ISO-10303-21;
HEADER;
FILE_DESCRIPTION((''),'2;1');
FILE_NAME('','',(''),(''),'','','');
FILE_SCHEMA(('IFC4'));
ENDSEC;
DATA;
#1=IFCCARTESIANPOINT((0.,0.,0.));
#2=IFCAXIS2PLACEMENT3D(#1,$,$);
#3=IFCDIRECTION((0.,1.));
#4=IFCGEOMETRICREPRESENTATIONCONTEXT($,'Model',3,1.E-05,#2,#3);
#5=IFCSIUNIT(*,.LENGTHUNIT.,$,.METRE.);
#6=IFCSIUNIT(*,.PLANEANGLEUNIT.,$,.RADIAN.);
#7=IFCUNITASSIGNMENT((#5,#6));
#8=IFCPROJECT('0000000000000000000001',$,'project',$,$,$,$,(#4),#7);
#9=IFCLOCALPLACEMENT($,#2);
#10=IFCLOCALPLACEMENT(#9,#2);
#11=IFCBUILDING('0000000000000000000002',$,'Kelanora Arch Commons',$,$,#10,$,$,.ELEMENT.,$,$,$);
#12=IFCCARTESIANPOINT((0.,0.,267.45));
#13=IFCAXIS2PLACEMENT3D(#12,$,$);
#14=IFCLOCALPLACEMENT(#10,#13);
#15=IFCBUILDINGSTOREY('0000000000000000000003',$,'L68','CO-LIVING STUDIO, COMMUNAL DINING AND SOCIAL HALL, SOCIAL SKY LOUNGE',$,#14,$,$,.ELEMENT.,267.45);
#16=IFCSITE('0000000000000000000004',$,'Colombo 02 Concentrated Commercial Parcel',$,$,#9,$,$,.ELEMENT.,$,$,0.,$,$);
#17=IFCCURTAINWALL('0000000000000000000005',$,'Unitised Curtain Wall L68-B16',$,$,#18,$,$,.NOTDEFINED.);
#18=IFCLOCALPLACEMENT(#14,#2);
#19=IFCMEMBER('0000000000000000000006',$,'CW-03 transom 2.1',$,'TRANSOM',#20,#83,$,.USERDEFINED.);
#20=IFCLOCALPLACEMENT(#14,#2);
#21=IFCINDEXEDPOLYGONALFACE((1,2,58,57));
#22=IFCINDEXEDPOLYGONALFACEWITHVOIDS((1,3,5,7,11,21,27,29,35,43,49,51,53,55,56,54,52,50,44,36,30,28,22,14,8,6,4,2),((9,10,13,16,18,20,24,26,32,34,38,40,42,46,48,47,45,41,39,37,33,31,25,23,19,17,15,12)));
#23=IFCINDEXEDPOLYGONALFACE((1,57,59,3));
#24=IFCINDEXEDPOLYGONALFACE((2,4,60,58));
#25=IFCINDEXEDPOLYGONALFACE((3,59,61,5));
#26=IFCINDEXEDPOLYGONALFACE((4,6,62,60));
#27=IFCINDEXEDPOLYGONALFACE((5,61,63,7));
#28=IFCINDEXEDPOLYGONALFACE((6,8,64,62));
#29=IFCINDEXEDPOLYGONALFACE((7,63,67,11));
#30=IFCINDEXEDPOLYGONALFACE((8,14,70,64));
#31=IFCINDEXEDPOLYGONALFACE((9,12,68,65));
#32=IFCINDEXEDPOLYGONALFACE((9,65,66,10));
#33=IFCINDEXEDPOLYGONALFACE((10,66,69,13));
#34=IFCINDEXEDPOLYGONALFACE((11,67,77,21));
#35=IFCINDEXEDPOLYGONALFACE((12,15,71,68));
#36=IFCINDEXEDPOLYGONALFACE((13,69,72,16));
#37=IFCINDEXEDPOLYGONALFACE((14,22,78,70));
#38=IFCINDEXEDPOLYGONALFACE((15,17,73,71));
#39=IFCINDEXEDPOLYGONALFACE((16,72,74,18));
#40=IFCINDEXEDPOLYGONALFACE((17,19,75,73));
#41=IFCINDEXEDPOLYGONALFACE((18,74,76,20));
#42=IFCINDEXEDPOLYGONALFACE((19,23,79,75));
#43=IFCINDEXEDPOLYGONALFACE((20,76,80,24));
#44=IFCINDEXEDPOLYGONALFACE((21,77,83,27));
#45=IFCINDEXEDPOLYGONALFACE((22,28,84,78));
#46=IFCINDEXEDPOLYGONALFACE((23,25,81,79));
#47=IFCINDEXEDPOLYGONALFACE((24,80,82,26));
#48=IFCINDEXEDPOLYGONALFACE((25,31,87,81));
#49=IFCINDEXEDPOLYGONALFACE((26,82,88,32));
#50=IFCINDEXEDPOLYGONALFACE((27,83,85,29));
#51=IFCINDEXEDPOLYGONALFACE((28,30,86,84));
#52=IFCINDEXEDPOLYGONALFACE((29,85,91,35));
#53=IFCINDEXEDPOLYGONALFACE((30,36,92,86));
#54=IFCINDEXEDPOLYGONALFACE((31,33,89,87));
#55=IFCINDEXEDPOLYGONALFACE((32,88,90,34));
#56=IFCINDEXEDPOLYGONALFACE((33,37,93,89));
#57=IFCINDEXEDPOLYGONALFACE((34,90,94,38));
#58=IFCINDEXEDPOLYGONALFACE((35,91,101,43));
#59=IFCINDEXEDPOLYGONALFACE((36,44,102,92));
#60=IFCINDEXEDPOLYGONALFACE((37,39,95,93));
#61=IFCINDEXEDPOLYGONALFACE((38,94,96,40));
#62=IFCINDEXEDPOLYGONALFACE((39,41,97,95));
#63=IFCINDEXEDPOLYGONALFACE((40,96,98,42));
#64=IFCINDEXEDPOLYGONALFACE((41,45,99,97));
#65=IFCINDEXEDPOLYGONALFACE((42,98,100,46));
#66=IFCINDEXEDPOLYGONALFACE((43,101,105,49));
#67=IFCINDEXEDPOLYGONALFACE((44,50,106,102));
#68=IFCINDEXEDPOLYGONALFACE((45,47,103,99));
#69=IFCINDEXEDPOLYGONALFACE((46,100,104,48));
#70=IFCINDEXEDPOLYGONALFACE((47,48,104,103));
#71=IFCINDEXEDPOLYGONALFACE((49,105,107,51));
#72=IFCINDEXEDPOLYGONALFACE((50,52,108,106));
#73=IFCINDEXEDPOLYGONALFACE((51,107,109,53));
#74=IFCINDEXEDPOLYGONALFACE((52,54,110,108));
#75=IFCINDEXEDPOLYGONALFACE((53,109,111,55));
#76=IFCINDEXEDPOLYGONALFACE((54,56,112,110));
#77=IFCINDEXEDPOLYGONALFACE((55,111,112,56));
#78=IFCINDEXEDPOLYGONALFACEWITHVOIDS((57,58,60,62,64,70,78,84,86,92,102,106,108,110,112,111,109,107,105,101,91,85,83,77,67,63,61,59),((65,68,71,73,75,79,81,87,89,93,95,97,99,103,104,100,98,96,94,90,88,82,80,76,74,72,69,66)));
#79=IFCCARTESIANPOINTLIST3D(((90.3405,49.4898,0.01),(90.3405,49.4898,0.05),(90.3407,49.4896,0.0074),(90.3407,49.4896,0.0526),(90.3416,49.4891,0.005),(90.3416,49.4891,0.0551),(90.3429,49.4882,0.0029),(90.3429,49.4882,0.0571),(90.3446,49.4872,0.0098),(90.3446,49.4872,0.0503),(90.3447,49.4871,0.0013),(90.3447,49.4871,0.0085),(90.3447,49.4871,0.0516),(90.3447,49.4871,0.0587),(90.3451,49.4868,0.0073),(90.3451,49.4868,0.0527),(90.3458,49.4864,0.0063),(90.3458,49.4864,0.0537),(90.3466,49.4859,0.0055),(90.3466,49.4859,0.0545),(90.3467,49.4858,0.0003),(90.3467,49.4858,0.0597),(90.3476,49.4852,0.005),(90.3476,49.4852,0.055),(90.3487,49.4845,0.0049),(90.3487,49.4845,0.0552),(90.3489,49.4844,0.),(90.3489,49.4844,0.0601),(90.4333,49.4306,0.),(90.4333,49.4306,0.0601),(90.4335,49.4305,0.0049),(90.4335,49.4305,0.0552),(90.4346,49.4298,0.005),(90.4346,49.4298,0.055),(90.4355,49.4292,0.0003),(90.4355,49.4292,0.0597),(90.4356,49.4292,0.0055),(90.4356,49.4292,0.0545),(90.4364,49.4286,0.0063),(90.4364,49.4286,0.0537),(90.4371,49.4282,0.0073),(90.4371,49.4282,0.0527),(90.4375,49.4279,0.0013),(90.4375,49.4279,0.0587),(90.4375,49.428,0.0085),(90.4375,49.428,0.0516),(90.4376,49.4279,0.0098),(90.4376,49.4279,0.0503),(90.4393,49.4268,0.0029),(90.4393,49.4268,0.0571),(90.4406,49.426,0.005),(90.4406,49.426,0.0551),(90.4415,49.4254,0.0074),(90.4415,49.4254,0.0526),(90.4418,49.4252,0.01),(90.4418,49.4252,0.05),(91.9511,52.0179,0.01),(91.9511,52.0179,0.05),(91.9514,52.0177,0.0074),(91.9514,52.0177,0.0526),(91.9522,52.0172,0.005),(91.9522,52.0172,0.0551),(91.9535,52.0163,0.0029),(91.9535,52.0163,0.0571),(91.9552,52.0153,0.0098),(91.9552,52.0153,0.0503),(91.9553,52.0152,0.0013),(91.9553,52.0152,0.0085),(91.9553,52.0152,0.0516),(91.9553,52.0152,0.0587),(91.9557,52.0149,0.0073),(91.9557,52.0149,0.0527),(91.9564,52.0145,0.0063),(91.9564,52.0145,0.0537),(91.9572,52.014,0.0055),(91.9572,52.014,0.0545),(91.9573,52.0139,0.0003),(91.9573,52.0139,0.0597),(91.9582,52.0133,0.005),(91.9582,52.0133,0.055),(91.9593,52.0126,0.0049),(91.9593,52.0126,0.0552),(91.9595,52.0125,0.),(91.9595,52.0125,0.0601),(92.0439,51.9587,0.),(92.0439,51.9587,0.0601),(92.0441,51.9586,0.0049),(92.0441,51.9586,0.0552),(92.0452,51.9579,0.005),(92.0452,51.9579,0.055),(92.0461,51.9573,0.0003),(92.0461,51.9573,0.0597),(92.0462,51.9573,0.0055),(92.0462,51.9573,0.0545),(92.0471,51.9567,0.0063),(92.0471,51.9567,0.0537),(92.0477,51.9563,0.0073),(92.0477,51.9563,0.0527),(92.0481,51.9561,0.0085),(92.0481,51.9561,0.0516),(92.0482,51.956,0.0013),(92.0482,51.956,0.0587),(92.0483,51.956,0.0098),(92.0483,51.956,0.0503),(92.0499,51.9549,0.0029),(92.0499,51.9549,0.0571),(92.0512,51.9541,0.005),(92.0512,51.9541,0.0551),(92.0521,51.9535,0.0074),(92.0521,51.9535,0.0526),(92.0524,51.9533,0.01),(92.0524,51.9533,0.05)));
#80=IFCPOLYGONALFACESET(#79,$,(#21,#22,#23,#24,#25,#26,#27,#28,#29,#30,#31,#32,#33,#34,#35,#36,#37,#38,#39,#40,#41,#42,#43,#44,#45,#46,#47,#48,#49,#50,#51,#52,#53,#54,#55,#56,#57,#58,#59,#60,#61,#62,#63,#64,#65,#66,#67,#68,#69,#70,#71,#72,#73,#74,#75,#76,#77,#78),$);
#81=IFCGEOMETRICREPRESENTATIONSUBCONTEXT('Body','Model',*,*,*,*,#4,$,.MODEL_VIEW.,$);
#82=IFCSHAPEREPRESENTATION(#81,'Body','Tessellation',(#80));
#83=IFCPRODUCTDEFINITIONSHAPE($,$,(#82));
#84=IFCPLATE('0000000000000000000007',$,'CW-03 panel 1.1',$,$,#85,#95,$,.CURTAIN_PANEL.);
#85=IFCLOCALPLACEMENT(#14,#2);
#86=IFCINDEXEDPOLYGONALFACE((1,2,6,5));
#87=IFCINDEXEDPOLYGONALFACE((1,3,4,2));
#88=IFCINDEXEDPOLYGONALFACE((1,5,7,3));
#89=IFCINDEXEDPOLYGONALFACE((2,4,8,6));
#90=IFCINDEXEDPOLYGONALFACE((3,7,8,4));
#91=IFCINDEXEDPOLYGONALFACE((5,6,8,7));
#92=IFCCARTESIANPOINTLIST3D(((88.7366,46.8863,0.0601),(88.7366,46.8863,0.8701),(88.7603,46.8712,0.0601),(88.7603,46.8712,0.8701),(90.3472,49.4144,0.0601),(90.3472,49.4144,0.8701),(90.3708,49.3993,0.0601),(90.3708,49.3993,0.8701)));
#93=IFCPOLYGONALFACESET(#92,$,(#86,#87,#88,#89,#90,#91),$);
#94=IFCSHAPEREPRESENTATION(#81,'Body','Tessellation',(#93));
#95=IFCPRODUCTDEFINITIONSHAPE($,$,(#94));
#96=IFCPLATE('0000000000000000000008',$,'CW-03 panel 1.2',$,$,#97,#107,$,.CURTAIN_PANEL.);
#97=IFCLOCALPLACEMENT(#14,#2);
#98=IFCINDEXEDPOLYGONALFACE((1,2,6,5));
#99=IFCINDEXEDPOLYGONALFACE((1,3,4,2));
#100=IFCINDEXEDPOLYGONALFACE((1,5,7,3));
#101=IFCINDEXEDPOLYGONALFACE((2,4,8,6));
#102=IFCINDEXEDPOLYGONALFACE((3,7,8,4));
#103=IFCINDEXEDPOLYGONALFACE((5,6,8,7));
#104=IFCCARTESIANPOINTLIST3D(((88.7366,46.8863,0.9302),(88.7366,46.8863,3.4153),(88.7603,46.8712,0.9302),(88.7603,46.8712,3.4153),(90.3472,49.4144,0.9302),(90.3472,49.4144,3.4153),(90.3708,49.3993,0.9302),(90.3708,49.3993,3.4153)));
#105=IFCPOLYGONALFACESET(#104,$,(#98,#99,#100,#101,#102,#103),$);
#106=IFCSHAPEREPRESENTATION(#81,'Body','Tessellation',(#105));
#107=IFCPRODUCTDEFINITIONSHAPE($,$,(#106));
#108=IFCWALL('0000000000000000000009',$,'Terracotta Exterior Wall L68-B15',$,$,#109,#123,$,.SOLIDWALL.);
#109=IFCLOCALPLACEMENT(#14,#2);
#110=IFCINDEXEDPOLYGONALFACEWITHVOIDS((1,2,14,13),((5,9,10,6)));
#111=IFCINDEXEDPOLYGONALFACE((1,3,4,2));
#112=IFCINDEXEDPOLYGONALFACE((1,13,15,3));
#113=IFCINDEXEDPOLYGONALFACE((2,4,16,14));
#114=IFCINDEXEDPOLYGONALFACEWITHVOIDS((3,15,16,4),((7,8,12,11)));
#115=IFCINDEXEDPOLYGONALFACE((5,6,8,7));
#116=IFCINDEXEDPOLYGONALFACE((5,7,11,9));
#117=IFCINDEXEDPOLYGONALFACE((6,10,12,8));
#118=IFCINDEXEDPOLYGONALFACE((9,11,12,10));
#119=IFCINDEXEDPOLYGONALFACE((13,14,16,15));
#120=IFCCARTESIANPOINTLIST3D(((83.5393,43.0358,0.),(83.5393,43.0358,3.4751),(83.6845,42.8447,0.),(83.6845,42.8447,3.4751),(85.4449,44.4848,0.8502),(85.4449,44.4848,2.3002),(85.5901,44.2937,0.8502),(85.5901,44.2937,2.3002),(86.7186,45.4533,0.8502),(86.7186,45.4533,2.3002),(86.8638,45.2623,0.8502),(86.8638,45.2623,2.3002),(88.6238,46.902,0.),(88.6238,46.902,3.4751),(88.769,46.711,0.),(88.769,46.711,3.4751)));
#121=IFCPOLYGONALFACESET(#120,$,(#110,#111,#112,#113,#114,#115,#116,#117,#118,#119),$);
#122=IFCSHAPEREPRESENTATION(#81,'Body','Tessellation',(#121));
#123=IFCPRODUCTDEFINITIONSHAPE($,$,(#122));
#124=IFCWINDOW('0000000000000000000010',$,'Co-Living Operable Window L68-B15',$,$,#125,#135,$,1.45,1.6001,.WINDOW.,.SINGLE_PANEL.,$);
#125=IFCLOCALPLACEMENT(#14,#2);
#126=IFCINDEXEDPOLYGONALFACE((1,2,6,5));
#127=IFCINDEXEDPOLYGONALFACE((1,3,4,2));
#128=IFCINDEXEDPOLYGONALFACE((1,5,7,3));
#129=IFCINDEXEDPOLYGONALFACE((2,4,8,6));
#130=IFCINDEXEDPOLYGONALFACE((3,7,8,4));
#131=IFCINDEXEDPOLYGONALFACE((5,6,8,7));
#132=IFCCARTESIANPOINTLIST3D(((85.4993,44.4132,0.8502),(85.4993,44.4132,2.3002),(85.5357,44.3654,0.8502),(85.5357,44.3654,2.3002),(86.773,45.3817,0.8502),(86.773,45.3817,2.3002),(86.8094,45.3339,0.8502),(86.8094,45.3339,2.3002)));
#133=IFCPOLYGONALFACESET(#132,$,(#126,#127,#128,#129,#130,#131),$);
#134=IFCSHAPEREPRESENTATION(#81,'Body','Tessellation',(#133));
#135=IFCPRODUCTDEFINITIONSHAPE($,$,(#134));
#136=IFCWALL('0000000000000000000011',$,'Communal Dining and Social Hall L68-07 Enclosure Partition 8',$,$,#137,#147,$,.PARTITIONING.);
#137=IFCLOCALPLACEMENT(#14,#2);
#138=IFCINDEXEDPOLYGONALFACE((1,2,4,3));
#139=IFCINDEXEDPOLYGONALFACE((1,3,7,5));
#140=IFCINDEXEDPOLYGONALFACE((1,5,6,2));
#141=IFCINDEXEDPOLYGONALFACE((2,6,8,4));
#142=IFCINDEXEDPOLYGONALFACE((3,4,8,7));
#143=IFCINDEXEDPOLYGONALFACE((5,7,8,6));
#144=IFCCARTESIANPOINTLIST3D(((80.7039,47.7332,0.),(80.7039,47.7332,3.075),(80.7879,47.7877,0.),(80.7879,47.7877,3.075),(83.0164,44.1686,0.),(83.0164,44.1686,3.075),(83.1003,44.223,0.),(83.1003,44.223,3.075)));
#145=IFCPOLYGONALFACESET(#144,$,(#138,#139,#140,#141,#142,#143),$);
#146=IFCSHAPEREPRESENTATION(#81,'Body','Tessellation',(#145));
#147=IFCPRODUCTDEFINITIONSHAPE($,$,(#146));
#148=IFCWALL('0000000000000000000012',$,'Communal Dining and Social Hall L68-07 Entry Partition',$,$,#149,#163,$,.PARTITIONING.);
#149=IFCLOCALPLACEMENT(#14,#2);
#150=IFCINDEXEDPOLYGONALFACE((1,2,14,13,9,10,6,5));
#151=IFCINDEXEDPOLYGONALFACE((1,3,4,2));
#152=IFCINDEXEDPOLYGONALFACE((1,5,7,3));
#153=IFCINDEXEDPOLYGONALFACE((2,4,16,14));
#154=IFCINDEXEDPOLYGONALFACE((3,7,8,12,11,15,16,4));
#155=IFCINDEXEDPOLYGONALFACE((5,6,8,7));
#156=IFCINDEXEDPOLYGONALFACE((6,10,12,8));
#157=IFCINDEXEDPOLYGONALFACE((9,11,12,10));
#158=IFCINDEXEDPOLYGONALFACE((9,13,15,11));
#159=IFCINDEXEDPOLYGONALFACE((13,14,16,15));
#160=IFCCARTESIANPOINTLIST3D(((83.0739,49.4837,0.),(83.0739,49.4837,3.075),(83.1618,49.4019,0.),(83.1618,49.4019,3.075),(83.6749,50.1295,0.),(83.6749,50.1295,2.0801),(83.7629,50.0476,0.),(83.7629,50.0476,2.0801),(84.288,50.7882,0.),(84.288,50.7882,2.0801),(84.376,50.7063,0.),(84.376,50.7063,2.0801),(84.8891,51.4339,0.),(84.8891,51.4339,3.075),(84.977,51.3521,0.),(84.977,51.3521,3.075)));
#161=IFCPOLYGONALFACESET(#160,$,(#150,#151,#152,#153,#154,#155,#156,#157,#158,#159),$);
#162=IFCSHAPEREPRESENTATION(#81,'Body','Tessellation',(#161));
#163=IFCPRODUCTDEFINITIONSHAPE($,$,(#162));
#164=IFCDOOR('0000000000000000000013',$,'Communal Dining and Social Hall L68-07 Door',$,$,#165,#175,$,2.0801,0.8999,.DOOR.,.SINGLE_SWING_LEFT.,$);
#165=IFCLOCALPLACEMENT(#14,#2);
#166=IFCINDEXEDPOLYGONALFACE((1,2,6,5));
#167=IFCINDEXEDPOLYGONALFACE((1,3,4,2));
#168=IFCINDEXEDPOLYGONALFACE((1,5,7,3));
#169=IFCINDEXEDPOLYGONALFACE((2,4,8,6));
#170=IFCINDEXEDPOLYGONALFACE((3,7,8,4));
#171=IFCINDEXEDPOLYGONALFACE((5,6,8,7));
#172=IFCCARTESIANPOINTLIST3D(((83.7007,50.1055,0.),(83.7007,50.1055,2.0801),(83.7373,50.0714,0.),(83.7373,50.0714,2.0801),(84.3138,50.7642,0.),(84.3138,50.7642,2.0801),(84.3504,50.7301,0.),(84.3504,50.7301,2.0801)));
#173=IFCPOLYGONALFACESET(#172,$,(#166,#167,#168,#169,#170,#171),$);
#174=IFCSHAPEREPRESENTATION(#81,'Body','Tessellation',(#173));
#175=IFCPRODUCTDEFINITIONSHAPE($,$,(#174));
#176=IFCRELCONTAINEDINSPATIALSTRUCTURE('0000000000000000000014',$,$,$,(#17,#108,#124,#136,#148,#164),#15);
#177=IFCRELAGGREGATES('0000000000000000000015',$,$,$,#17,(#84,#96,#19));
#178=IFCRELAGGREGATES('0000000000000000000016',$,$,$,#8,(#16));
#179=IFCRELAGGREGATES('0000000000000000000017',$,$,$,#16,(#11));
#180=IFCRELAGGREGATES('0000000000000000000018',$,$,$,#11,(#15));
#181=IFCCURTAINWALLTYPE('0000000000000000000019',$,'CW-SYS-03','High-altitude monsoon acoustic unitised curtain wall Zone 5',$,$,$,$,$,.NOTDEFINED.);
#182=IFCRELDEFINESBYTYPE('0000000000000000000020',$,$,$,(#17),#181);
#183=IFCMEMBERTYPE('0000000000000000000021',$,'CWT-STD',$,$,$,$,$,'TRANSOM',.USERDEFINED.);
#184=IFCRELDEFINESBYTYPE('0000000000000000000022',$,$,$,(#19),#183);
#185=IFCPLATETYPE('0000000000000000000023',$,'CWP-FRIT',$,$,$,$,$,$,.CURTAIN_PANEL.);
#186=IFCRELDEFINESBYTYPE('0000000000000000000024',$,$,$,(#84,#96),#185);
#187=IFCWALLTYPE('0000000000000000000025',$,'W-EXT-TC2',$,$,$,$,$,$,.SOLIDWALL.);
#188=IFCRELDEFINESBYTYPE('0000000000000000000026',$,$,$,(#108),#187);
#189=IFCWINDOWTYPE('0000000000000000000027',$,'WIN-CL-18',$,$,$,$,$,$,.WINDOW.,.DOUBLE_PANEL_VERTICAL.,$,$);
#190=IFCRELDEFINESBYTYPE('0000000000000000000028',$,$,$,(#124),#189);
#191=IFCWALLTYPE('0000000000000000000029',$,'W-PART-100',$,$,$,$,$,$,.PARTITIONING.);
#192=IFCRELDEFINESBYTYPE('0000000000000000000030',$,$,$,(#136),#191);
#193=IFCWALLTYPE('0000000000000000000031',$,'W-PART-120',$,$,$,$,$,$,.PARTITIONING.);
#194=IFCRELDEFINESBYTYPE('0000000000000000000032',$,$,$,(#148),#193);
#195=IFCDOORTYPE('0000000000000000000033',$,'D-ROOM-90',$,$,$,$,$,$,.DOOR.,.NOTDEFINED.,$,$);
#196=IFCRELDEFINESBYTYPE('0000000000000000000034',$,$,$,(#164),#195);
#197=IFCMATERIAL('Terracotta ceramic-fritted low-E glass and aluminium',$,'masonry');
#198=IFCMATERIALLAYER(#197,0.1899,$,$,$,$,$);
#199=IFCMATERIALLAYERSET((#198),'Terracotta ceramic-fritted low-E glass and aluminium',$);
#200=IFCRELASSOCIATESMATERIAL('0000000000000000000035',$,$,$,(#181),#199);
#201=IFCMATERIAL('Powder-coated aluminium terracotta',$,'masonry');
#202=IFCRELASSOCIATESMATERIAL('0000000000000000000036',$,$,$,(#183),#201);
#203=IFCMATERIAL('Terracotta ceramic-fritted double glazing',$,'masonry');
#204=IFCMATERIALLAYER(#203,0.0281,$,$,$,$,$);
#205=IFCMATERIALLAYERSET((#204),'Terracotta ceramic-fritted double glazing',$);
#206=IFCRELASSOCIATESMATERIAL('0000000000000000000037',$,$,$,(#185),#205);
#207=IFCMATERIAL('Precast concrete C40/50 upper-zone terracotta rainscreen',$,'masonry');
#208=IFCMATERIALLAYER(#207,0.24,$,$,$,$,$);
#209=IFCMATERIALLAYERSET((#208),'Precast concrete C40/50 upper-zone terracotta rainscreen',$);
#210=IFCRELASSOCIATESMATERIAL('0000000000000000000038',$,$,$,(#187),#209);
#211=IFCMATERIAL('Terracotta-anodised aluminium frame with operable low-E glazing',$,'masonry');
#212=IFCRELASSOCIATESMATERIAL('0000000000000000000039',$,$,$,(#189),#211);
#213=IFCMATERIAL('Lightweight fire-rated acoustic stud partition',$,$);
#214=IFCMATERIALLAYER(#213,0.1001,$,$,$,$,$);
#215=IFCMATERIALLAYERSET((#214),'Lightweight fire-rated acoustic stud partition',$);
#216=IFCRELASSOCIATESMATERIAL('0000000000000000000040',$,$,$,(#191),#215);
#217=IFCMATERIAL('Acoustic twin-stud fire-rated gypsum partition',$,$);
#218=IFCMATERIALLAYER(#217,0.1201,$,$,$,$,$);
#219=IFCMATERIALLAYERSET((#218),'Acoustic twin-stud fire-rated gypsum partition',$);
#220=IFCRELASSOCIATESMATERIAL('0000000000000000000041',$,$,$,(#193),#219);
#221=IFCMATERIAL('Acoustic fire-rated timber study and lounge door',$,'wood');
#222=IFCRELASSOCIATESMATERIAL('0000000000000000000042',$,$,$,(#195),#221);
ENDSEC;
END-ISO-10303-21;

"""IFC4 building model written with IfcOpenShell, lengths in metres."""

from ifc_helpers import new_model, si_unit, direction, frame, frame_2d, origin, origin_2d, place, context, subcontext, project, spatial, rectangle, hollow_rectangle, extrude, source, transform, mapped, material, layer, layer_set, material_profile, profile_set, type_object, element, fill, aggregate, save


model = new_model("IFC4")

# Units and contexts
model_context = context("Model", 3, precision=1e-05, world=origin(), true_north=direction((0.0, 1.0)))
body_context = subcontext(model_context, "Body", "Model", "MODEL_VIEW")
ifc_project = project(units=[si_unit("LENGTHUNIT", "METRE"), si_unit("PLANEANGLEUNIT", "RADIAN")], contexts=[model_context])

# Site, building, storey
site_placement = place(None, origin())
site = spatial("IfcSite", under=ifc_project, at=site_placement, Name="Colombo 02 Concentrated Commercial Parcel", CompositionType="ELEMENT", RefElevation=0.0)
building_placement = place(site_placement, origin())
building = spatial("IfcBuilding", under=site, at=building_placement, Name="Kelanora Arch Commons", CompositionType="ELEMENT")
storey_placement = place(building_placement, frame((0.0, 0.0, 267.45)))
storey = spatial("IfcBuildingStorey", under=building, at=storey_placement, Name="L68", Description="CO-LIVING STUDIO, COMMUNAL DINING AND SOCIAL HALL, SOCIAL SKY LOUNGE", CompositionType="ELEMENT", Elevation=267.45)

# Shared definitions
ifc_material_1 = material(Name="Terracotta ceramic-fritted low-E glass and aluminium", Category="masonry")
ifc_layer_1 = layer(ifc_material_1, 0.1899)
ifc_layer_set_1 = layer_set([ifc_layer_1], Name="Terracotta ceramic-fritted low-E glass and aluminium")
curtain_wall_type = type_object("IfcCurtainWallType", Name="CW-SYS-03", Description="High-altitude monsoon acoustic unitised curtain wall Zone 5", PredefinedType="NOTDEFINED", material=ifc_layer_set_1)
ifc_material_2 = material(Name="Powder-coated aluminium terracotta", Category="masonry")

# Curtain wall, member, plates
curtain_wall_1_placement = place(storey_placement, origin())
curtain_wall_1 = element("IfcCurtainWall", 1, at=curtain_wall_1_placement, inside=storey, type_object=curtain_wall_type, Name="Unitised Curtain Wall L68-B16", PredefinedType="NOTDEFINED")
ifc_material_profile_1 = material_profile(ifc_material_2, hollow_rectangle(XDim=0.1201, YDim=0.0601, WallThickness=0.0049, InnerFilletRadius=0.0049, OuterFilletRadius=0.01, at=origin_2d()), Name="CWT120x60")
ifc_profile_set_1 = profile_set([ifc_material_profile_1], Name="Powder-coated aluminium terracotta")
member_type_1 = type_object("IfcMemberType", Name="CWT-STD", ElementType="TRANSOM", PredefinedType="USERDEFINED", material=ifc_profile_set_1)
member_1_placement = place(storey_placement, frame((90.3911, 49.4575, 0.03), z_axis=(0.537308, 0.843386, 0.0), x_axis=(-0.843386, 0.537308, 0.0)))
member_1 = element("IfcMember", 2, at=member_1_placement, type_object=member_type_1, Name="CW-03 transom 2.1", ObjectType="TRANSOM", PredefinedType="USERDEFINED", context=body_context, shape_type="SweptSolid", body=[
    extrude(hollow_rectangle(XDim=0.1201, YDim=0.0601, WallThickness=0.0049, InnerFilletRadius=0.0049, OuterFilletRadius=0.01, at=origin_2d()), origin(), (0.0, 0.0, 1.0), 2.9976),
])
ifc_material_3 = material(Name="Terracotta ceramic-fritted double glazing", Category="masonry")
ifc_layer_2 = layer(ifc_material_3, 0.0281)
ifc_layer_set_2 = layer_set([ifc_layer_2], Name="Terracotta ceramic-fritted double glazing")
plate_type = type_object("IfcPlateType", Name="CWP-FRIT", PredefinedType="CURTAIN_PANEL", material=ifc_layer_set_2)
shared_shape_1 = source(origin(), body_context, "Body", "SweptSolid", [
    extrude(rectangle(XDim=2.9976, YDim=0.0281, at=origin_2d()), origin(), (0.0, 0.0, 1.0), 0.8101),
])
plate_1_placement = place(storey_placement, frame((89.5537, 48.1428, 0.0601), z_axis=(0.0, 0.0, 1.0), x_axis=(0.5373, 0.843391, 0.0)))
plate_1 = element("IfcPlate", 3, at=plate_1_placement, type_object=plate_type, Name="CW-03 panel 1.1", PredefinedType="CURTAIN_PANEL", context=body_context, shape_type="MappedRepresentation", body=[
    mapped(shared_shape_1, transform((0.0, 0.0, 0.0), scale=1.0)),
])
shared_shape_2 = source(origin(), body_context, "Body", "SweptSolid", [
    extrude(rectangle(XDim=2.9976, YDim=0.0281, at=origin_2d()), origin(), (0.0, 0.0, 1.0), 2.4851),
])
plate_2_placement = place(storey_placement, frame((89.5537, 48.1428, 0.9302), z_axis=(0.0, 0.0, 1.0), x_axis=(0.5373, 0.843391, 0.0)))
plate_2 = element("IfcPlate", 4, at=plate_2_placement, type_object=plate_type, Name="CW-03 panel 1.2", PredefinedType="CURTAIN_PANEL", context=body_context, shape_type="MappedRepresentation", body=[
    mapped(shared_shape_2, transform((0.0, 0.0, 0.0), scale=1.0)),
])
aggregate(curtain_wall_1, [plate_1, plate_2, member_1])

# Wall, opening, window
ifc_material_4 = material(Name="Precast concrete C40/50 upper-zone terracotta rainscreen", Category="masonry")
ifc_layer_3 = layer(ifc_material_4, 0.24)
ifc_layer_set_3 = layer_set([ifc_layer_3], Name="Precast concrete C40/50 upper-zone terracotta rainscreen")
wall_type_1 = type_object("IfcWallType", Name="W-EXT-TC2", PredefinedType="SOLIDWALL", material=ifc_layer_set_3)
wall_1_placement = place(storey_placement, frame((83.6118, 42.9402, 0.0), z_axis=(0.0, 0.0, 1.0), x_axis=(0.79601, 0.605283, 0.0)))
wall_1 = element("IfcWall", 5, at=wall_1_placement, inside=storey, type_object=wall_type_1, Name="Terracotta Exterior Wall L68-B15", PredefinedType="SOLIDWALL", context=body_context, shape_type="SweptSolid", body=[
    extrude(rectangle(XDim=6.3875, YDim=0.24, at=frame_2d((3.1938, 0.0))), origin(), (0.0, 0.0, 1.0), 3.4751),
])
opening_1_placement = place(wall_1_placement, frame((2.394, 0.0, 0.8501)))
opening_1 = element("IfcOpeningElement", 6, at=opening_1_placement, cuts=wall_1, PredefinedType="OPENING", context=body_context, shape_type="SweptSolid", body=[
    extrude(rectangle(XDim=1.6001, YDim=1.45, at=frame_2d((0.8, 0.7251))), frame((0.0, 0.1299, 0.0), z_axis=(0.0, -1.0, 0.0), x_axis=(1.0, 0.0, 0.0)), (0.0, 0.0, 1.0), 0.26),
])
ifc_material_5 = material(Name="Terracotta-anodised aluminium frame with operable low-E glazing", Category="masonry")
window_type = type_object("IfcWindowType", Name="WIN-CL-18", PartitioningType="DOUBLE_PANEL_VERTICAL", PredefinedType="WINDOW", material=ifc_material_5)
window_placement = place(opening_1_placement, origin())
window = element("IfcWindow", 7, at=window_placement, inside=storey, type_object=window_type, Name="Co-Living Operable Window L68-B15", OverallHeight=1.45, OverallWidth=1.6001, PartitioningType="SINGLE_PANEL", PredefinedType="WINDOW", context=body_context, shape_type="SweptSolid", body=[
    extrude(rectangle(XDim=1.6001, YDim=1.45, at=frame_2d((0.8, 0.7251))), frame((0.0, 0.03, 0.0), z_axis=(0.0, -1.0, 0.0), x_axis=(1.0, 0.0, 0.0)), (0.0, 0.0, 1.0), 0.0601),
])
fill(opening_1, window)

# Wall
ifc_material_6 = material(Name="Lightweight fire-rated acoustic stud partition")
ifc_layer_4 = layer(ifc_material_6, 0.1001)
ifc_layer_set_4 = layer_set([ifc_layer_4], Name="Lightweight fire-rated acoustic stud partition")
wall_type_2 = type_object("IfcWallType", Name="W-PART-100", PredefinedType="PARTITIONING", material=ifc_layer_set_4)
wall_2_placement = place(storey_placement, frame((83.0583, 44.1958, 0.0), z_axis=(0.0, 0.0, 1.0), x_axis=(-0.544235, 0.838933, 0.0)))
element("IfcWall", 8, at=wall_2_placement, inside=storey, type_object=wall_type_2, Name="Communal Dining and Social Hall L68-07 Enclosure Partition 8", PredefinedType="PARTITIONING", context=body_context, shape_type="SweptSolid", body=[
    extrude(rectangle(XDim=4.249, YDim=0.1001, at=frame_2d((2.1245, 0.0))), origin(), (0.0, 0.0, 1.0), 3.075),
])

# Wall, opening, door
ifc_material_7 = material(Name="Acoustic twin-stud fire-rated gypsum partition")
ifc_layer_5 = layer(ifc_material_7, 0.1201)
ifc_layer_set_5 = layer_set([ifc_layer_5], Name="Acoustic twin-stud fire-rated gypsum partition")
wall_type_3 = type_object("IfcWallType", Name="W-PART-120", PredefinedType="PARTITIONING", material=ifc_layer_set_5)
wall_3_placement = place(storey_placement, frame((83.1179, 49.4429, 0.0), z_axis=(0.0, 0.0, 1.0), x_axis=(0.681315, 0.73199, 0.0)))
wall_3 = element("IfcWall", 9, at=wall_3_placement, inside=storey, type_object=wall_type_3, Name="Communal Dining and Social Hall L68-07 Entry Partition", PredefinedType="PARTITIONING", context=body_context, shape_type="SweptSolid", body=[
    extrude(rectangle(XDim=2.6643, YDim=0.1201, at=frame_2d((1.332, 0.0))), origin(), (0.0, 0.0, 1.0), 3.075),
])
opening_2_placement = place(wall_3_placement, frame((0.8821, 0.0, 0.0)))
opening_2 = element("IfcOpeningElement", 10, at=opening_2_placement, cuts=wall_3, PredefinedType="OPENING", context=body_context, shape_type="SweptSolid", body=[
    extrude(rectangle(XDim=0.8999, YDim=2.0801, at=frame_2d((0.45, 1.04))), frame((0.0, 0.0701, 0.0), z_axis=(0.0, -1.0, 0.0), x_axis=(1.0, 0.0, 0.0)), (0.0, 0.0, 1.0), 0.1401),
])
ifc_material_8 = material(Name="Acoustic fire-rated timber study and lounge door", Category="wood")
door_type = type_object("IfcDoorType", Name="D-ROOM-90", OperationType="NOTDEFINED", PredefinedType="DOOR", material=ifc_material_8)
door_placement = place(opening_2_placement, origin())
door = element("IfcDoor", 11, at=door_placement, inside=storey, type_object=door_type, Name="Communal Dining and Social Hall L68-07 Door", OperationType="SINGLE_SWING_LEFT", OverallHeight=2.0801, OverallWidth=0.8999, PredefinedType="DOOR", context=body_context, shape_type="SweptSolid", body=[
    extrude(rectangle(XDim=0.8999, YDim=2.0801, at=frame_2d((0.45, 1.04))), frame((0.0, 0.0249, 0.0), z_axis=(0.0, -1.0, 0.0), x_axis=(1.0, 0.0, 0.0)), (0.0, 0.0, 1.0), 0.05),
])
fill(opening_2, door)

save(model, "model.ifc")
